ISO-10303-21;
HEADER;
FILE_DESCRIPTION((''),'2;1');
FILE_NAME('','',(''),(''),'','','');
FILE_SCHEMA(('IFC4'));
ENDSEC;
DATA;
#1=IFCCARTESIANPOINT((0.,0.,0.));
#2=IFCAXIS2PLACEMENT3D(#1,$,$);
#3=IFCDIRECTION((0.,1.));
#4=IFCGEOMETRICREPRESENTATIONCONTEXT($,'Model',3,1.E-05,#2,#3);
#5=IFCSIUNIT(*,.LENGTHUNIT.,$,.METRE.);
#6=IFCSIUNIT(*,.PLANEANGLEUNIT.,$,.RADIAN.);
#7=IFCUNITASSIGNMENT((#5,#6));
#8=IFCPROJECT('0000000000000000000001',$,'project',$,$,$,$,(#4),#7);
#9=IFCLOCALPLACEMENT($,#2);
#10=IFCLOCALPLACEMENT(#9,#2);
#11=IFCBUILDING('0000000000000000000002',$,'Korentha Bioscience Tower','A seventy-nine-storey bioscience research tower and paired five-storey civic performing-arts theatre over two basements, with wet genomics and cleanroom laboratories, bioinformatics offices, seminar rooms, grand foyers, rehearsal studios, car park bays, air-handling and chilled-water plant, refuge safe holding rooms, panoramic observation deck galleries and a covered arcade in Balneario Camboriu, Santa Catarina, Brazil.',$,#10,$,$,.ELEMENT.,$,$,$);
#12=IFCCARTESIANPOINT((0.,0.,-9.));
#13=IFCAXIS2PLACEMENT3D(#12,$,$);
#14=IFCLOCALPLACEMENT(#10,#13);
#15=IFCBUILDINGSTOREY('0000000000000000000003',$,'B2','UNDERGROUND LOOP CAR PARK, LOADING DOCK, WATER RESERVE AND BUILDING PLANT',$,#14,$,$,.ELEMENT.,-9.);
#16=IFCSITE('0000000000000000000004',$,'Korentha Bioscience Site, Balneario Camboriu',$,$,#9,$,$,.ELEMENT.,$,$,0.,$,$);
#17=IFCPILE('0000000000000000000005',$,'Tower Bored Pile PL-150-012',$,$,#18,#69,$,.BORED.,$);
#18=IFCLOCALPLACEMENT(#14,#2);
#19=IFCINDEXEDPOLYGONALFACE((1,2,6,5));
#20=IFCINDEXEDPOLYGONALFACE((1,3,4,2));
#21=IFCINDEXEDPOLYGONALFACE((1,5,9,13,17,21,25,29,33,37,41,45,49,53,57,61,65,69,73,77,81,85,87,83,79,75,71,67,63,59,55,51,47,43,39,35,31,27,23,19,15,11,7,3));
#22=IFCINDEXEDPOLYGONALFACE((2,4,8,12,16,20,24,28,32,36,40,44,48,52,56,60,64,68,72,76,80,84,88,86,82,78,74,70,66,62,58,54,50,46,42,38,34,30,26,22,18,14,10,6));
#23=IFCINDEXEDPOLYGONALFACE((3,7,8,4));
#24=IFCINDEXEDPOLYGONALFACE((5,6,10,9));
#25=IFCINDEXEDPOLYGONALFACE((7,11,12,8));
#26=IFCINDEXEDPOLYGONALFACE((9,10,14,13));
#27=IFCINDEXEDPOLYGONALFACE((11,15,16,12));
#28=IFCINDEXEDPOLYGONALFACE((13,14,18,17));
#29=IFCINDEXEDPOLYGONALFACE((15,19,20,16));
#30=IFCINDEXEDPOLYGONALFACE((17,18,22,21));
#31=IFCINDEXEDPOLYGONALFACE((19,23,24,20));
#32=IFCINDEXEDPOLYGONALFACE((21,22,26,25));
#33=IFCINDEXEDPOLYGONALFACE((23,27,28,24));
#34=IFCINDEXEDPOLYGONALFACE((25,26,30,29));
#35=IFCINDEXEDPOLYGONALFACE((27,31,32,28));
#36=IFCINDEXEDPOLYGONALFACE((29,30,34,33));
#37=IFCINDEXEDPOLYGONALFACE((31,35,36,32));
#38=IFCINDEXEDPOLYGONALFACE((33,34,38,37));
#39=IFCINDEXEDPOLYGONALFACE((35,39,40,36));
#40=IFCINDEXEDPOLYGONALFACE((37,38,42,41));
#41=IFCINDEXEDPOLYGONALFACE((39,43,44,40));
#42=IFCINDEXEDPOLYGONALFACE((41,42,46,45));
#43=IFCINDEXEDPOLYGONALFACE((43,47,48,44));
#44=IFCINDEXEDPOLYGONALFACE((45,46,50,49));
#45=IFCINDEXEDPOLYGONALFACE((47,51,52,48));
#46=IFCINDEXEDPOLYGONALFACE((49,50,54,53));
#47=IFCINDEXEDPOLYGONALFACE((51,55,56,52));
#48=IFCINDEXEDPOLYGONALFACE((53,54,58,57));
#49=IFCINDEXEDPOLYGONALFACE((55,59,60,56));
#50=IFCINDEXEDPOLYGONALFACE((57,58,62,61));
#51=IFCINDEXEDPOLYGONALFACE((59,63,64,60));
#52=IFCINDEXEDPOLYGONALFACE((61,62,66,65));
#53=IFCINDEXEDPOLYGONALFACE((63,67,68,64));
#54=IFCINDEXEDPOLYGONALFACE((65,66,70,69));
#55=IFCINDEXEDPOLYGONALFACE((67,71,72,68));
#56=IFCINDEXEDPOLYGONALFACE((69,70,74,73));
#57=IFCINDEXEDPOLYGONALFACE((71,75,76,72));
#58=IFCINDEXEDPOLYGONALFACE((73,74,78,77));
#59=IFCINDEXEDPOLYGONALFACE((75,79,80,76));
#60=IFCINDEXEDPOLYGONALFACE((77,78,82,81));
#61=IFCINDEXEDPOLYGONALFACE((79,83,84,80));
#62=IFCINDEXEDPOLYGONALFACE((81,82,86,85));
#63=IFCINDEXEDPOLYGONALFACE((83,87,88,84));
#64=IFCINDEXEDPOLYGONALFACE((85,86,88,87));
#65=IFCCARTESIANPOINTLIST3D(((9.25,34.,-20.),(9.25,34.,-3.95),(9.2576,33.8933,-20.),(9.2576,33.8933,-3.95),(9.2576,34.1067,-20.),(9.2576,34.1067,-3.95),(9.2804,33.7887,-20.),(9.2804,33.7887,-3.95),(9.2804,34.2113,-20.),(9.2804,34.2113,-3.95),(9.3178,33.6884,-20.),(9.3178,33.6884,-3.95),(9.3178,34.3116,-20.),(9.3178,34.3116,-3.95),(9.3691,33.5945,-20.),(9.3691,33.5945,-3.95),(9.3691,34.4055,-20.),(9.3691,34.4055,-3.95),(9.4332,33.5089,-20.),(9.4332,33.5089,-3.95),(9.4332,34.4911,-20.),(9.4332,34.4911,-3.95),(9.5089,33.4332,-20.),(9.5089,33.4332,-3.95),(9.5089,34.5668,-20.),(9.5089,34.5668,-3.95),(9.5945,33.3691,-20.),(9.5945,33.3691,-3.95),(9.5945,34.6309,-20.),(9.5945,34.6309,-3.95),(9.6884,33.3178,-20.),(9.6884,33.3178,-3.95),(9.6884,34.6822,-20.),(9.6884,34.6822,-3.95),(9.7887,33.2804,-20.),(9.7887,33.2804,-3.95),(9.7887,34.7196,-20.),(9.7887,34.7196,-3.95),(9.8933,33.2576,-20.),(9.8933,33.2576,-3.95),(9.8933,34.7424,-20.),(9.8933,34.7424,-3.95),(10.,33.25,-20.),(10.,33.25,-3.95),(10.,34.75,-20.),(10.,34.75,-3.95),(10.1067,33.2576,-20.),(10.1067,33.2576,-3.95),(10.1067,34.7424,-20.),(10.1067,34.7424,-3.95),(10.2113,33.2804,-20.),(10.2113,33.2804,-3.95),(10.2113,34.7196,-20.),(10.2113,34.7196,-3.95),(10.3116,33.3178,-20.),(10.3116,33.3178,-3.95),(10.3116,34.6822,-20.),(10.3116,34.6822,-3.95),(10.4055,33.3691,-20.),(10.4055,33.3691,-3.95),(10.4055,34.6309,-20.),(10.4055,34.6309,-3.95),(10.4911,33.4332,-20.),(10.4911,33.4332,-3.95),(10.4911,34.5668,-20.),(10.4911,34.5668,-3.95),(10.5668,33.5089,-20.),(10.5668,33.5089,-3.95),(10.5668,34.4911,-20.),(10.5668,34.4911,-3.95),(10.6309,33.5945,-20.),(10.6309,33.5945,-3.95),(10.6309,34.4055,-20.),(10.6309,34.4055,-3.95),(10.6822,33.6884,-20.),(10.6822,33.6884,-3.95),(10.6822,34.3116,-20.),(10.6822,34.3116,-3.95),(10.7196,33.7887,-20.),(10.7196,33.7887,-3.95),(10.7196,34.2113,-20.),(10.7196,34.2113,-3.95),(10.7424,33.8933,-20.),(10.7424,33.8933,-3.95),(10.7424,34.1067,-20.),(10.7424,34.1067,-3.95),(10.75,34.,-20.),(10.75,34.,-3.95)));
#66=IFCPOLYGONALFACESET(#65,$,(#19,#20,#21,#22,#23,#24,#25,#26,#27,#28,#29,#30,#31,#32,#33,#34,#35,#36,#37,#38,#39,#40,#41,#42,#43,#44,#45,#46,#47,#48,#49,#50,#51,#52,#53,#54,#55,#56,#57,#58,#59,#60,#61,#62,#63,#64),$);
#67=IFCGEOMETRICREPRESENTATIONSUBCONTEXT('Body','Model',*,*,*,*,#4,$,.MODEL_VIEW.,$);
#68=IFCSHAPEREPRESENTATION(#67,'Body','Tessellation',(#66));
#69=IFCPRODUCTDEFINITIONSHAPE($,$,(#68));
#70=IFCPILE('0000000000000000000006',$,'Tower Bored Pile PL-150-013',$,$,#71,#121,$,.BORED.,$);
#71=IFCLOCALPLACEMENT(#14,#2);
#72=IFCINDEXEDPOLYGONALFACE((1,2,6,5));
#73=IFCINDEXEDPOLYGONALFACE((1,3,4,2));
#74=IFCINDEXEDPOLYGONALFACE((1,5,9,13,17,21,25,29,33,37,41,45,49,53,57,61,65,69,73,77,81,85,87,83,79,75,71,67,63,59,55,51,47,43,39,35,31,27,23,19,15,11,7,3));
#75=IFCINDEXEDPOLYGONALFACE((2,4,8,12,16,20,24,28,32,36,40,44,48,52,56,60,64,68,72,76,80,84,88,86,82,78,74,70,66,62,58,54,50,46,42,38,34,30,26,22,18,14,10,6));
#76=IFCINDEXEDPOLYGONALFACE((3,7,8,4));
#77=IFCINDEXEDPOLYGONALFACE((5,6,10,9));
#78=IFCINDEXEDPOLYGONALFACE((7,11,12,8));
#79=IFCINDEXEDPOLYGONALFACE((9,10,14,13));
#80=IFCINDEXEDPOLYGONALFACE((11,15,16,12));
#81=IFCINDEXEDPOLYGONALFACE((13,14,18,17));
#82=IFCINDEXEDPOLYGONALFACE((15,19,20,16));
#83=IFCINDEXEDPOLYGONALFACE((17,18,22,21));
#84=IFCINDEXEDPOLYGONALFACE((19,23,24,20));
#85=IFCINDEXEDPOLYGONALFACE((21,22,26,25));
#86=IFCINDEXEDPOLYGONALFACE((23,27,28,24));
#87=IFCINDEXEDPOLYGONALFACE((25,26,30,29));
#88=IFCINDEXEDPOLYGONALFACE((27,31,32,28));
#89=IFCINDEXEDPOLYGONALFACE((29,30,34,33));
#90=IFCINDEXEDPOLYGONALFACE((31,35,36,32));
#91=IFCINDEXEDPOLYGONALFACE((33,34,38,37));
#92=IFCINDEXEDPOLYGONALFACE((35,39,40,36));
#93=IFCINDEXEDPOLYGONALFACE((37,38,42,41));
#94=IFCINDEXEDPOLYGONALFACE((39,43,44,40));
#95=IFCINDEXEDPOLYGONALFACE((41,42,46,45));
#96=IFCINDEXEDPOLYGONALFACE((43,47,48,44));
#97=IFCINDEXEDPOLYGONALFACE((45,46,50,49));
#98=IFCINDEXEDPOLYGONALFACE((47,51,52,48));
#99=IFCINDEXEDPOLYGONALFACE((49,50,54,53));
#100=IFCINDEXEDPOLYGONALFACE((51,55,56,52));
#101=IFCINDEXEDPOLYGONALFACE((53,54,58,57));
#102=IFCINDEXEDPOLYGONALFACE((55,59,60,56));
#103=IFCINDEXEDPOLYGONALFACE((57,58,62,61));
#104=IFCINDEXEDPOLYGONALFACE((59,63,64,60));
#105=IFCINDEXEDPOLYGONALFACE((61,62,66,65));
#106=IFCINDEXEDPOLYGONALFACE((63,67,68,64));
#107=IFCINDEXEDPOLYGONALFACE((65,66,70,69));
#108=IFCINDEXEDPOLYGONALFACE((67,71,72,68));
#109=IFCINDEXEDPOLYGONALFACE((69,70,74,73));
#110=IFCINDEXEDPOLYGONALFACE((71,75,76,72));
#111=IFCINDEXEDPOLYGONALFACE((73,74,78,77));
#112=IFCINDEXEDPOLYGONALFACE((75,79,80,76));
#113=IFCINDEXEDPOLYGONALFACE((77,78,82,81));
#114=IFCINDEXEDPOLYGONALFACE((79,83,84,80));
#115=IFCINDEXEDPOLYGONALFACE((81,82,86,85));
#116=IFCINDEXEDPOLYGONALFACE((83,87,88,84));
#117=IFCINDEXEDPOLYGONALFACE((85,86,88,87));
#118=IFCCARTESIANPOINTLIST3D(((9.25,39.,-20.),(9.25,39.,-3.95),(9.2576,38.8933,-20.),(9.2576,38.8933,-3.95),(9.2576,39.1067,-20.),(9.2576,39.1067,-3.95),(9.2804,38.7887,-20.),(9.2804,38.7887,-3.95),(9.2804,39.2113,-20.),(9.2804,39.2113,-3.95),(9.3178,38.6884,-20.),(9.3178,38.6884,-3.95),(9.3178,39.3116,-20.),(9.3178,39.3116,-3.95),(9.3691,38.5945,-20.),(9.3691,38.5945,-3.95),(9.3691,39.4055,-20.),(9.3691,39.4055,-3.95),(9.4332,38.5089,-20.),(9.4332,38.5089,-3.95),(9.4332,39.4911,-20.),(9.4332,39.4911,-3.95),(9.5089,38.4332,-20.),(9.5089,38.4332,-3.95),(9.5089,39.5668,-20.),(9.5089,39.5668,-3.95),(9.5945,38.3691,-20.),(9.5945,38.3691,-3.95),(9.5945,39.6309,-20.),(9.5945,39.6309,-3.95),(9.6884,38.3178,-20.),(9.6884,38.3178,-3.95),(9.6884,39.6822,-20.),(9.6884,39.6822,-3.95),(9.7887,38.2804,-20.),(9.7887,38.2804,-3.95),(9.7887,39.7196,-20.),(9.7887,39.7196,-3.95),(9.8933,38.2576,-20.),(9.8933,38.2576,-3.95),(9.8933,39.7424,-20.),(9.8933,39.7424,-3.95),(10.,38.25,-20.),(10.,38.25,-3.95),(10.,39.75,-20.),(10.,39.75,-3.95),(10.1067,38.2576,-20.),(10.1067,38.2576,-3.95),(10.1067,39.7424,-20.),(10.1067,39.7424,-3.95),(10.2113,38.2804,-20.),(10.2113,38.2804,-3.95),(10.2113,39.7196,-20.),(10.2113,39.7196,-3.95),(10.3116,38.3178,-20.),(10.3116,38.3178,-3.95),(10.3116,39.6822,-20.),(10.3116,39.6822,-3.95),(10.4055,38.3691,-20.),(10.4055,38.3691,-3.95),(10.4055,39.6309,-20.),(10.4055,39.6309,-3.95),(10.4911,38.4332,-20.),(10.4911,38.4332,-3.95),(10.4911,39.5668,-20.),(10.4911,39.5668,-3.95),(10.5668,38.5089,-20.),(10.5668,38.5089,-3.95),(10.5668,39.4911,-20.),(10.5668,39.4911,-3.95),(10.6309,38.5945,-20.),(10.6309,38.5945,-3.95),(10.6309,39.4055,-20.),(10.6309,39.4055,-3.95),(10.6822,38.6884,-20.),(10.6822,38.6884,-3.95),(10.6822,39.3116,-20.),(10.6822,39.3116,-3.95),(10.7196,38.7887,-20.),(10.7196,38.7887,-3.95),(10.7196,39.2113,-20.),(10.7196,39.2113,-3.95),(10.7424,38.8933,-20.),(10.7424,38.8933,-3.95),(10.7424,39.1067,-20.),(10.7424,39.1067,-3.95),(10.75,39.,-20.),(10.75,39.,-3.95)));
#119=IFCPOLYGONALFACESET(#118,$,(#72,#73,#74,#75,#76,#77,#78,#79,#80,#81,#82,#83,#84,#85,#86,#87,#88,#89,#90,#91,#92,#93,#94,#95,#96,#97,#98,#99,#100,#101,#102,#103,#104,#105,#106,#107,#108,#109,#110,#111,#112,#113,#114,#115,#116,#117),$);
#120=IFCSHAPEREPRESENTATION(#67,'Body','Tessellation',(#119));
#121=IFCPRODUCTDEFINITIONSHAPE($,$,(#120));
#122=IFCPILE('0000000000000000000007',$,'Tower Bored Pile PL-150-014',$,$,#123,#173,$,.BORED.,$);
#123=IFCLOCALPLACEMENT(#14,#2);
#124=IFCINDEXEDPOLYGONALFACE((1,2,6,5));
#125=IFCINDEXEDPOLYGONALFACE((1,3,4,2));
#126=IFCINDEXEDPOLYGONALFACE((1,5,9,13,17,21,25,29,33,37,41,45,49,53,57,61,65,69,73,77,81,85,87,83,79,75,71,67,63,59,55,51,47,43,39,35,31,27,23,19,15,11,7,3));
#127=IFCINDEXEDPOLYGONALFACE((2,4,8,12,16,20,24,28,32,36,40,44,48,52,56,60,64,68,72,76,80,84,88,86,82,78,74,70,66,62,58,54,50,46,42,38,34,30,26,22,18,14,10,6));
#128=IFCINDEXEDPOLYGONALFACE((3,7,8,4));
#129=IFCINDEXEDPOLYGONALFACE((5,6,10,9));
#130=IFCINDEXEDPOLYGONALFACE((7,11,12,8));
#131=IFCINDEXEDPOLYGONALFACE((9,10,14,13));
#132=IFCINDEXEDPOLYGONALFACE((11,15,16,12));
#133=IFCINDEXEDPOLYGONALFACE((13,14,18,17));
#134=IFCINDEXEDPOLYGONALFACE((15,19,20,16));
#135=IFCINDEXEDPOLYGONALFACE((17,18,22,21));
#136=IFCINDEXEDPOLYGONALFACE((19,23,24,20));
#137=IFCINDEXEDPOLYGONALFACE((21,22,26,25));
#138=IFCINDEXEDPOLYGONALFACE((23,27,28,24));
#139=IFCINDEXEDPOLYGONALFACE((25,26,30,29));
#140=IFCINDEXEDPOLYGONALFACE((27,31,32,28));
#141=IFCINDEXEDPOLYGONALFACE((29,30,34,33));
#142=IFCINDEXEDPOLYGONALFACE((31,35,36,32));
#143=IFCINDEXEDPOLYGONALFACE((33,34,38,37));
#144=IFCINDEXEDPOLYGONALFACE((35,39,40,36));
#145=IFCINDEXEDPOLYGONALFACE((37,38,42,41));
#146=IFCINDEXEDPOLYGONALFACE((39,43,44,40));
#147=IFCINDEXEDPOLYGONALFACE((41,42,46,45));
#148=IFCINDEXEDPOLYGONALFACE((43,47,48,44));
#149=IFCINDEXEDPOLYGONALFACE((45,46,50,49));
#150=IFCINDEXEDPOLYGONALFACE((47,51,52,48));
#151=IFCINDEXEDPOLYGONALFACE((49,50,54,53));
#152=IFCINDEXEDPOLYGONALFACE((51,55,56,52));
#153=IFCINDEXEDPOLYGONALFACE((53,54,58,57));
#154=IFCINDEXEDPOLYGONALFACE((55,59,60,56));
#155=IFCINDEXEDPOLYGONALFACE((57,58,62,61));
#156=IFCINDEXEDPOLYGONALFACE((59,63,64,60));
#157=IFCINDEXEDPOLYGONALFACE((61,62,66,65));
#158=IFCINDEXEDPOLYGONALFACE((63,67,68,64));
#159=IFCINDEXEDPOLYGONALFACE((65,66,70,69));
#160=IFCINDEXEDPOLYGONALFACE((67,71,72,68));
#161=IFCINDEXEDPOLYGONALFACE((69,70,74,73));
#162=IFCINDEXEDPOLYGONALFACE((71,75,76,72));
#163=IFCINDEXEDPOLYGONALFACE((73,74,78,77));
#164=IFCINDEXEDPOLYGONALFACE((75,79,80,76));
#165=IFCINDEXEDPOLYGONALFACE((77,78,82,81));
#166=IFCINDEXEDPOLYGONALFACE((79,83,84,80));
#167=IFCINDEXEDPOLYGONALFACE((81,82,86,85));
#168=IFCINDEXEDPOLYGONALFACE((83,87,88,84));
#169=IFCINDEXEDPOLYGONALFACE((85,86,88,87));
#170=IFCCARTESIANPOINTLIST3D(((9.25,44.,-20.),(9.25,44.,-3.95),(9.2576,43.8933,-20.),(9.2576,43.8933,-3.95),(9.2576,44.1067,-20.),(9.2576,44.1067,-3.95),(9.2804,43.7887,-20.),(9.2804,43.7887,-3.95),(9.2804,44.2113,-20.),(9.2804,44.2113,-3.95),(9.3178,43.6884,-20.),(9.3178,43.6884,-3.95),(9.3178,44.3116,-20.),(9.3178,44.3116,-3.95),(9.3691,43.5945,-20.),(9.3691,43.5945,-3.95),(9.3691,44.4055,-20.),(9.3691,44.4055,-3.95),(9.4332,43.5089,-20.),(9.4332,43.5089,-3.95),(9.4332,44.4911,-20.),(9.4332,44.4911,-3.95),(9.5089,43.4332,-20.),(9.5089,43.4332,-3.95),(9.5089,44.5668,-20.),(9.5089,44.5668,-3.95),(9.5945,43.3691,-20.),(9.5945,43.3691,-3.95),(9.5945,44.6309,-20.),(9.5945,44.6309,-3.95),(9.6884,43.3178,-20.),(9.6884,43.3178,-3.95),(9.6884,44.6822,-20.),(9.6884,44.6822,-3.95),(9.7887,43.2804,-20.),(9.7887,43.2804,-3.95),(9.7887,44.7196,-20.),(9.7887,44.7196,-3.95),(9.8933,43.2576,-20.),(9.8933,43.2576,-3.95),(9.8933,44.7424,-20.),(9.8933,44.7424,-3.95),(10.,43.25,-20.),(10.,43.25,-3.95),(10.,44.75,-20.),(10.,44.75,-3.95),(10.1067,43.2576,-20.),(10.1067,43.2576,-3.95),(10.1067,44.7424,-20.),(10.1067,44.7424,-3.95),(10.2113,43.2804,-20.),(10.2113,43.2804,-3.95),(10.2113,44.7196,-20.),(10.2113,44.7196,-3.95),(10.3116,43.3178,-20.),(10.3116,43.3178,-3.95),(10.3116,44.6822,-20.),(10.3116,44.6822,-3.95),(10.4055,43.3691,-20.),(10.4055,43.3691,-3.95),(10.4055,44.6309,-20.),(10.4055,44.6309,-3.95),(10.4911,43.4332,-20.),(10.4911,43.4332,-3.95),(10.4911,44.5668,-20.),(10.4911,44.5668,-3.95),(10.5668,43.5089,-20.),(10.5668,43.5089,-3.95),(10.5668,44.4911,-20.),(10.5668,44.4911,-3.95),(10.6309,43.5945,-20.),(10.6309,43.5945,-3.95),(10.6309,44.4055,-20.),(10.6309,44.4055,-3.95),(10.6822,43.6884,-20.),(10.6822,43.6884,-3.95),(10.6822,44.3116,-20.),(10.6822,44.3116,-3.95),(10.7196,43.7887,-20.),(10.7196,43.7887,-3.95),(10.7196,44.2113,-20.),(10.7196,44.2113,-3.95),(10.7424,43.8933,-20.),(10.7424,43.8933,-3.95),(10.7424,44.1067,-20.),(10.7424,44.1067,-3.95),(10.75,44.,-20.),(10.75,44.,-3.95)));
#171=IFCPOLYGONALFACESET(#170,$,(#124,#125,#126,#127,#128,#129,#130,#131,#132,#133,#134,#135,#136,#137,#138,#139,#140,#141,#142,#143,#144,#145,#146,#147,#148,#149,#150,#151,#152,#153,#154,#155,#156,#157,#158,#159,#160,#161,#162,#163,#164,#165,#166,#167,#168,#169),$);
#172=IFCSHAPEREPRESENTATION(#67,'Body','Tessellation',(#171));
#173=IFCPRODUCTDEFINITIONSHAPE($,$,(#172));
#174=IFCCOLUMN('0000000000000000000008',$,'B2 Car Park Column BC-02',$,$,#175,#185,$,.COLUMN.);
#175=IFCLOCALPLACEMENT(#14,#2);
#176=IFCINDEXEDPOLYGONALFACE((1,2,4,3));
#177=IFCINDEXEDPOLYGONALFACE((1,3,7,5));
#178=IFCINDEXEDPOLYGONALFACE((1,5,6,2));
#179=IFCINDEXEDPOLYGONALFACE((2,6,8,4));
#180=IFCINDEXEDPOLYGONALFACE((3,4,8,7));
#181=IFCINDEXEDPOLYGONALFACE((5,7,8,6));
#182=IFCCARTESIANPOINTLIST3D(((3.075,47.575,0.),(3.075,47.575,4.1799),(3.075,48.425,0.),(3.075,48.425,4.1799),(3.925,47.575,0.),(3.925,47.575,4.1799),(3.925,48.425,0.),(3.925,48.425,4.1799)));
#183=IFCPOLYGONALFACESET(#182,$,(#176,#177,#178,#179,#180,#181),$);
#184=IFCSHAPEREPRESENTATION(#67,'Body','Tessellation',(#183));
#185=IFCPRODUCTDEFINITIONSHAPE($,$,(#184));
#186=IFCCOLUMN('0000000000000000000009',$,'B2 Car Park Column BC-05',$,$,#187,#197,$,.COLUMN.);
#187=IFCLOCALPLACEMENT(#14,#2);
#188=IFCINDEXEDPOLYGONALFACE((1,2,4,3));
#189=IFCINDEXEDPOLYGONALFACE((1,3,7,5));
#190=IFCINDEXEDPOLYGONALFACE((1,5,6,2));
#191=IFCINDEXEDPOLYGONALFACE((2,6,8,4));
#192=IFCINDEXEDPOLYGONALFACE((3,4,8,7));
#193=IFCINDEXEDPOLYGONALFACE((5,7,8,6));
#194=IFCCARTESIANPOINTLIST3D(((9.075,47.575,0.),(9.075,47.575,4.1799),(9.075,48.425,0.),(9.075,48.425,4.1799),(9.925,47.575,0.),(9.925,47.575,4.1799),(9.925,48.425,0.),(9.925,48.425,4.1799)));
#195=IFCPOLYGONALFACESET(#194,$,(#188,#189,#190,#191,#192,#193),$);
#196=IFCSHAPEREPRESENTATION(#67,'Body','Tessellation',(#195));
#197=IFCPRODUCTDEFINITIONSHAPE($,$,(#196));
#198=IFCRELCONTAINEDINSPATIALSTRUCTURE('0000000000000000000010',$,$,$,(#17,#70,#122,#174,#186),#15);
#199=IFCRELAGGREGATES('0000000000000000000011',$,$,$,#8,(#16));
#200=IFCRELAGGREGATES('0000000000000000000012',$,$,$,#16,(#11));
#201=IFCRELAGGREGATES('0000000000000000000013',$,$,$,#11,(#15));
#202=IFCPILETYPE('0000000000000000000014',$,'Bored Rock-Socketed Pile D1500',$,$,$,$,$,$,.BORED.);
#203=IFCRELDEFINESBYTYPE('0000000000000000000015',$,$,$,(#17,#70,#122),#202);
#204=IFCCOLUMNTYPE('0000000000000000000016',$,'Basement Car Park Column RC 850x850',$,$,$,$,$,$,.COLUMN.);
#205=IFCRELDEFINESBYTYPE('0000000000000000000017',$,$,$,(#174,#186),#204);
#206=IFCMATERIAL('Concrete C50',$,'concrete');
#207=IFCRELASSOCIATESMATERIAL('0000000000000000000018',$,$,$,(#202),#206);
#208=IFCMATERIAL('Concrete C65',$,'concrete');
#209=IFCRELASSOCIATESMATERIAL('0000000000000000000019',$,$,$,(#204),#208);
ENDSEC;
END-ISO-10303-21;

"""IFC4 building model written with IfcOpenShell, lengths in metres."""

from ifc_helpers import new_model, si_unit, direction, frame, origin, origin_2d, place, context, subcontext, project, spatial, rectangle, circle, extrude, material, material_profile, profile_set, type_object, element, save


model = new_model("IFC4")

# Units and contexts
model_context = context("Model", 3, precision=1e-05, world=origin(), true_north=direction((0.0, 1.0)))
body_context = subcontext(model_context, "Body", "Model", "MODEL_VIEW")
ifc_project = project(units=[si_unit("LENGTHUNIT", "METRE"), si_unit("PLANEANGLEUNIT", "RADIAN")], contexts=[model_context])

# Site, building, storey
site_placement = place(None, origin())
site = spatial("IfcSite", under=ifc_project, at=site_placement, Name="Korentha Bioscience Site, Balneario Camboriu", CompositionType="ELEMENT", RefElevation=0.0)
building_placement = place(site_placement, origin())
building = spatial("IfcBuilding", under=site, at=building_placement, Name="Korentha Bioscience Tower", Description="A seventy-nine-storey bioscience research tower and paired five-storey civic performing-arts theatre over two basements, with wet genomics and cleanroom laboratories, bioinformatics offices, seminar rooms, grand foyers, rehearsal studios, car park bays, air-handling and chilled-water plant, refuge safe holding rooms, panoramic observation deck galleries and a covered arcade in Balneario Camboriu, Santa Catarina, Brazil.", CompositionType="ELEMENT")
storey_placement = place(building_placement, frame((0.0, 0.0, -9.0)))
storey = spatial("IfcBuildingStorey", under=building, at=storey_placement, Name="B2", Description="UNDERGROUND LOOP CAR PARK, LOADING DOCK, WATER RESERVE AND BUILDING PLANT", CompositionType="ELEMENT", Elevation=-9.0)

# Shared definitions
ifc_material_1 = material(Name="Concrete C50", Category="concrete")

# Piles
ifc_material_profile_1 = material_profile(ifc_material_1, circle(Radius=0.75, at=origin_2d()), Name="Concrete C50")
ifc_profile_set_1 = profile_set([ifc_material_profile_1], Name="Concrete C50 (PL-150)")
pile_type = type_object("IfcPileType", Name="Bored Rock-Socketed Pile D1500", PredefinedType="BORED", material=ifc_profile_set_1)
for number, where, z_axis, x_axis, name in (
    (1, (10.0, 34.0, -3.95), (0.0, 0.0, -1.0), (1.0, 0.0, 0.0), "Tower Bored Pile PL-150-012"),
    (2, (10.0, 39.0, -3.95), (0.0, 0.0, -1.0), (1.0, 0.0, 0.0), "Tower Bored Pile PL-150-013"),
    (3, (10.0, 44.0, -3.95), (0.0, 0.0, -1.0), (1.0, 0.0, 0.0), "Tower Bored Pile PL-150-014"),
):
    element("IfcPile", number, at=place(storey_placement, frame(where, z_axis=z_axis, x_axis=x_axis)), inside=storey, type_object=pile_type, Name=name, PredefinedType="BORED", context=body_context, shape_type="SweptSolid", body=[
        extrude(circle(Radius=0.75, at=origin_2d()), origin(), (0.0, 0.0, 1.0), 16.05),
    ])

# Columns
ifc_material_2 = material(Name="Concrete C65", Category="concrete")
ifc_material_profile_2 = material_profile(ifc_material_2, rectangle(XDim=0.8501, YDim=0.8501, at=origin_2d()), Name="Concrete C65")
ifc_profile_set_2 = profile_set([ifc_material_profile_2], Name="Concrete C65 (BC-01)")
column_type_1 = type_object("IfcColumnType", Name="Basement Car Park Column RC 850x850", PredefinedType="COLUMN", material=ifc_profile_set_2)
for number, where, z_axis, x_axis, name in (
    (4, (3.5, 48.0, 0.0), (0.0, 0.0, 1.0), (1.0, 0.0, 0.0), "B2 Car Park Column BC-02"),
    (5, (9.5, 48.0, 0.0), (0.0, 0.0, 1.0), (1.0, 0.0, 0.0), "B2 Car Park Column BC-05"),
):
    element("IfcColumn", number, at=place(storey_placement, frame(where, z_axis=z_axis, x_axis=x_axis)), inside=storey, type_object=column_type_1, Name=name, PredefinedType="COLUMN", context=body_context, shape_type="SweptSolid", body=[
        extrude(rectangle(XDim=0.8501, YDim=0.8501, at=origin_2d()), origin(), (0.0, 0.0, 1.0), 4.1799),
    ])

save(model, "model.ifc")
